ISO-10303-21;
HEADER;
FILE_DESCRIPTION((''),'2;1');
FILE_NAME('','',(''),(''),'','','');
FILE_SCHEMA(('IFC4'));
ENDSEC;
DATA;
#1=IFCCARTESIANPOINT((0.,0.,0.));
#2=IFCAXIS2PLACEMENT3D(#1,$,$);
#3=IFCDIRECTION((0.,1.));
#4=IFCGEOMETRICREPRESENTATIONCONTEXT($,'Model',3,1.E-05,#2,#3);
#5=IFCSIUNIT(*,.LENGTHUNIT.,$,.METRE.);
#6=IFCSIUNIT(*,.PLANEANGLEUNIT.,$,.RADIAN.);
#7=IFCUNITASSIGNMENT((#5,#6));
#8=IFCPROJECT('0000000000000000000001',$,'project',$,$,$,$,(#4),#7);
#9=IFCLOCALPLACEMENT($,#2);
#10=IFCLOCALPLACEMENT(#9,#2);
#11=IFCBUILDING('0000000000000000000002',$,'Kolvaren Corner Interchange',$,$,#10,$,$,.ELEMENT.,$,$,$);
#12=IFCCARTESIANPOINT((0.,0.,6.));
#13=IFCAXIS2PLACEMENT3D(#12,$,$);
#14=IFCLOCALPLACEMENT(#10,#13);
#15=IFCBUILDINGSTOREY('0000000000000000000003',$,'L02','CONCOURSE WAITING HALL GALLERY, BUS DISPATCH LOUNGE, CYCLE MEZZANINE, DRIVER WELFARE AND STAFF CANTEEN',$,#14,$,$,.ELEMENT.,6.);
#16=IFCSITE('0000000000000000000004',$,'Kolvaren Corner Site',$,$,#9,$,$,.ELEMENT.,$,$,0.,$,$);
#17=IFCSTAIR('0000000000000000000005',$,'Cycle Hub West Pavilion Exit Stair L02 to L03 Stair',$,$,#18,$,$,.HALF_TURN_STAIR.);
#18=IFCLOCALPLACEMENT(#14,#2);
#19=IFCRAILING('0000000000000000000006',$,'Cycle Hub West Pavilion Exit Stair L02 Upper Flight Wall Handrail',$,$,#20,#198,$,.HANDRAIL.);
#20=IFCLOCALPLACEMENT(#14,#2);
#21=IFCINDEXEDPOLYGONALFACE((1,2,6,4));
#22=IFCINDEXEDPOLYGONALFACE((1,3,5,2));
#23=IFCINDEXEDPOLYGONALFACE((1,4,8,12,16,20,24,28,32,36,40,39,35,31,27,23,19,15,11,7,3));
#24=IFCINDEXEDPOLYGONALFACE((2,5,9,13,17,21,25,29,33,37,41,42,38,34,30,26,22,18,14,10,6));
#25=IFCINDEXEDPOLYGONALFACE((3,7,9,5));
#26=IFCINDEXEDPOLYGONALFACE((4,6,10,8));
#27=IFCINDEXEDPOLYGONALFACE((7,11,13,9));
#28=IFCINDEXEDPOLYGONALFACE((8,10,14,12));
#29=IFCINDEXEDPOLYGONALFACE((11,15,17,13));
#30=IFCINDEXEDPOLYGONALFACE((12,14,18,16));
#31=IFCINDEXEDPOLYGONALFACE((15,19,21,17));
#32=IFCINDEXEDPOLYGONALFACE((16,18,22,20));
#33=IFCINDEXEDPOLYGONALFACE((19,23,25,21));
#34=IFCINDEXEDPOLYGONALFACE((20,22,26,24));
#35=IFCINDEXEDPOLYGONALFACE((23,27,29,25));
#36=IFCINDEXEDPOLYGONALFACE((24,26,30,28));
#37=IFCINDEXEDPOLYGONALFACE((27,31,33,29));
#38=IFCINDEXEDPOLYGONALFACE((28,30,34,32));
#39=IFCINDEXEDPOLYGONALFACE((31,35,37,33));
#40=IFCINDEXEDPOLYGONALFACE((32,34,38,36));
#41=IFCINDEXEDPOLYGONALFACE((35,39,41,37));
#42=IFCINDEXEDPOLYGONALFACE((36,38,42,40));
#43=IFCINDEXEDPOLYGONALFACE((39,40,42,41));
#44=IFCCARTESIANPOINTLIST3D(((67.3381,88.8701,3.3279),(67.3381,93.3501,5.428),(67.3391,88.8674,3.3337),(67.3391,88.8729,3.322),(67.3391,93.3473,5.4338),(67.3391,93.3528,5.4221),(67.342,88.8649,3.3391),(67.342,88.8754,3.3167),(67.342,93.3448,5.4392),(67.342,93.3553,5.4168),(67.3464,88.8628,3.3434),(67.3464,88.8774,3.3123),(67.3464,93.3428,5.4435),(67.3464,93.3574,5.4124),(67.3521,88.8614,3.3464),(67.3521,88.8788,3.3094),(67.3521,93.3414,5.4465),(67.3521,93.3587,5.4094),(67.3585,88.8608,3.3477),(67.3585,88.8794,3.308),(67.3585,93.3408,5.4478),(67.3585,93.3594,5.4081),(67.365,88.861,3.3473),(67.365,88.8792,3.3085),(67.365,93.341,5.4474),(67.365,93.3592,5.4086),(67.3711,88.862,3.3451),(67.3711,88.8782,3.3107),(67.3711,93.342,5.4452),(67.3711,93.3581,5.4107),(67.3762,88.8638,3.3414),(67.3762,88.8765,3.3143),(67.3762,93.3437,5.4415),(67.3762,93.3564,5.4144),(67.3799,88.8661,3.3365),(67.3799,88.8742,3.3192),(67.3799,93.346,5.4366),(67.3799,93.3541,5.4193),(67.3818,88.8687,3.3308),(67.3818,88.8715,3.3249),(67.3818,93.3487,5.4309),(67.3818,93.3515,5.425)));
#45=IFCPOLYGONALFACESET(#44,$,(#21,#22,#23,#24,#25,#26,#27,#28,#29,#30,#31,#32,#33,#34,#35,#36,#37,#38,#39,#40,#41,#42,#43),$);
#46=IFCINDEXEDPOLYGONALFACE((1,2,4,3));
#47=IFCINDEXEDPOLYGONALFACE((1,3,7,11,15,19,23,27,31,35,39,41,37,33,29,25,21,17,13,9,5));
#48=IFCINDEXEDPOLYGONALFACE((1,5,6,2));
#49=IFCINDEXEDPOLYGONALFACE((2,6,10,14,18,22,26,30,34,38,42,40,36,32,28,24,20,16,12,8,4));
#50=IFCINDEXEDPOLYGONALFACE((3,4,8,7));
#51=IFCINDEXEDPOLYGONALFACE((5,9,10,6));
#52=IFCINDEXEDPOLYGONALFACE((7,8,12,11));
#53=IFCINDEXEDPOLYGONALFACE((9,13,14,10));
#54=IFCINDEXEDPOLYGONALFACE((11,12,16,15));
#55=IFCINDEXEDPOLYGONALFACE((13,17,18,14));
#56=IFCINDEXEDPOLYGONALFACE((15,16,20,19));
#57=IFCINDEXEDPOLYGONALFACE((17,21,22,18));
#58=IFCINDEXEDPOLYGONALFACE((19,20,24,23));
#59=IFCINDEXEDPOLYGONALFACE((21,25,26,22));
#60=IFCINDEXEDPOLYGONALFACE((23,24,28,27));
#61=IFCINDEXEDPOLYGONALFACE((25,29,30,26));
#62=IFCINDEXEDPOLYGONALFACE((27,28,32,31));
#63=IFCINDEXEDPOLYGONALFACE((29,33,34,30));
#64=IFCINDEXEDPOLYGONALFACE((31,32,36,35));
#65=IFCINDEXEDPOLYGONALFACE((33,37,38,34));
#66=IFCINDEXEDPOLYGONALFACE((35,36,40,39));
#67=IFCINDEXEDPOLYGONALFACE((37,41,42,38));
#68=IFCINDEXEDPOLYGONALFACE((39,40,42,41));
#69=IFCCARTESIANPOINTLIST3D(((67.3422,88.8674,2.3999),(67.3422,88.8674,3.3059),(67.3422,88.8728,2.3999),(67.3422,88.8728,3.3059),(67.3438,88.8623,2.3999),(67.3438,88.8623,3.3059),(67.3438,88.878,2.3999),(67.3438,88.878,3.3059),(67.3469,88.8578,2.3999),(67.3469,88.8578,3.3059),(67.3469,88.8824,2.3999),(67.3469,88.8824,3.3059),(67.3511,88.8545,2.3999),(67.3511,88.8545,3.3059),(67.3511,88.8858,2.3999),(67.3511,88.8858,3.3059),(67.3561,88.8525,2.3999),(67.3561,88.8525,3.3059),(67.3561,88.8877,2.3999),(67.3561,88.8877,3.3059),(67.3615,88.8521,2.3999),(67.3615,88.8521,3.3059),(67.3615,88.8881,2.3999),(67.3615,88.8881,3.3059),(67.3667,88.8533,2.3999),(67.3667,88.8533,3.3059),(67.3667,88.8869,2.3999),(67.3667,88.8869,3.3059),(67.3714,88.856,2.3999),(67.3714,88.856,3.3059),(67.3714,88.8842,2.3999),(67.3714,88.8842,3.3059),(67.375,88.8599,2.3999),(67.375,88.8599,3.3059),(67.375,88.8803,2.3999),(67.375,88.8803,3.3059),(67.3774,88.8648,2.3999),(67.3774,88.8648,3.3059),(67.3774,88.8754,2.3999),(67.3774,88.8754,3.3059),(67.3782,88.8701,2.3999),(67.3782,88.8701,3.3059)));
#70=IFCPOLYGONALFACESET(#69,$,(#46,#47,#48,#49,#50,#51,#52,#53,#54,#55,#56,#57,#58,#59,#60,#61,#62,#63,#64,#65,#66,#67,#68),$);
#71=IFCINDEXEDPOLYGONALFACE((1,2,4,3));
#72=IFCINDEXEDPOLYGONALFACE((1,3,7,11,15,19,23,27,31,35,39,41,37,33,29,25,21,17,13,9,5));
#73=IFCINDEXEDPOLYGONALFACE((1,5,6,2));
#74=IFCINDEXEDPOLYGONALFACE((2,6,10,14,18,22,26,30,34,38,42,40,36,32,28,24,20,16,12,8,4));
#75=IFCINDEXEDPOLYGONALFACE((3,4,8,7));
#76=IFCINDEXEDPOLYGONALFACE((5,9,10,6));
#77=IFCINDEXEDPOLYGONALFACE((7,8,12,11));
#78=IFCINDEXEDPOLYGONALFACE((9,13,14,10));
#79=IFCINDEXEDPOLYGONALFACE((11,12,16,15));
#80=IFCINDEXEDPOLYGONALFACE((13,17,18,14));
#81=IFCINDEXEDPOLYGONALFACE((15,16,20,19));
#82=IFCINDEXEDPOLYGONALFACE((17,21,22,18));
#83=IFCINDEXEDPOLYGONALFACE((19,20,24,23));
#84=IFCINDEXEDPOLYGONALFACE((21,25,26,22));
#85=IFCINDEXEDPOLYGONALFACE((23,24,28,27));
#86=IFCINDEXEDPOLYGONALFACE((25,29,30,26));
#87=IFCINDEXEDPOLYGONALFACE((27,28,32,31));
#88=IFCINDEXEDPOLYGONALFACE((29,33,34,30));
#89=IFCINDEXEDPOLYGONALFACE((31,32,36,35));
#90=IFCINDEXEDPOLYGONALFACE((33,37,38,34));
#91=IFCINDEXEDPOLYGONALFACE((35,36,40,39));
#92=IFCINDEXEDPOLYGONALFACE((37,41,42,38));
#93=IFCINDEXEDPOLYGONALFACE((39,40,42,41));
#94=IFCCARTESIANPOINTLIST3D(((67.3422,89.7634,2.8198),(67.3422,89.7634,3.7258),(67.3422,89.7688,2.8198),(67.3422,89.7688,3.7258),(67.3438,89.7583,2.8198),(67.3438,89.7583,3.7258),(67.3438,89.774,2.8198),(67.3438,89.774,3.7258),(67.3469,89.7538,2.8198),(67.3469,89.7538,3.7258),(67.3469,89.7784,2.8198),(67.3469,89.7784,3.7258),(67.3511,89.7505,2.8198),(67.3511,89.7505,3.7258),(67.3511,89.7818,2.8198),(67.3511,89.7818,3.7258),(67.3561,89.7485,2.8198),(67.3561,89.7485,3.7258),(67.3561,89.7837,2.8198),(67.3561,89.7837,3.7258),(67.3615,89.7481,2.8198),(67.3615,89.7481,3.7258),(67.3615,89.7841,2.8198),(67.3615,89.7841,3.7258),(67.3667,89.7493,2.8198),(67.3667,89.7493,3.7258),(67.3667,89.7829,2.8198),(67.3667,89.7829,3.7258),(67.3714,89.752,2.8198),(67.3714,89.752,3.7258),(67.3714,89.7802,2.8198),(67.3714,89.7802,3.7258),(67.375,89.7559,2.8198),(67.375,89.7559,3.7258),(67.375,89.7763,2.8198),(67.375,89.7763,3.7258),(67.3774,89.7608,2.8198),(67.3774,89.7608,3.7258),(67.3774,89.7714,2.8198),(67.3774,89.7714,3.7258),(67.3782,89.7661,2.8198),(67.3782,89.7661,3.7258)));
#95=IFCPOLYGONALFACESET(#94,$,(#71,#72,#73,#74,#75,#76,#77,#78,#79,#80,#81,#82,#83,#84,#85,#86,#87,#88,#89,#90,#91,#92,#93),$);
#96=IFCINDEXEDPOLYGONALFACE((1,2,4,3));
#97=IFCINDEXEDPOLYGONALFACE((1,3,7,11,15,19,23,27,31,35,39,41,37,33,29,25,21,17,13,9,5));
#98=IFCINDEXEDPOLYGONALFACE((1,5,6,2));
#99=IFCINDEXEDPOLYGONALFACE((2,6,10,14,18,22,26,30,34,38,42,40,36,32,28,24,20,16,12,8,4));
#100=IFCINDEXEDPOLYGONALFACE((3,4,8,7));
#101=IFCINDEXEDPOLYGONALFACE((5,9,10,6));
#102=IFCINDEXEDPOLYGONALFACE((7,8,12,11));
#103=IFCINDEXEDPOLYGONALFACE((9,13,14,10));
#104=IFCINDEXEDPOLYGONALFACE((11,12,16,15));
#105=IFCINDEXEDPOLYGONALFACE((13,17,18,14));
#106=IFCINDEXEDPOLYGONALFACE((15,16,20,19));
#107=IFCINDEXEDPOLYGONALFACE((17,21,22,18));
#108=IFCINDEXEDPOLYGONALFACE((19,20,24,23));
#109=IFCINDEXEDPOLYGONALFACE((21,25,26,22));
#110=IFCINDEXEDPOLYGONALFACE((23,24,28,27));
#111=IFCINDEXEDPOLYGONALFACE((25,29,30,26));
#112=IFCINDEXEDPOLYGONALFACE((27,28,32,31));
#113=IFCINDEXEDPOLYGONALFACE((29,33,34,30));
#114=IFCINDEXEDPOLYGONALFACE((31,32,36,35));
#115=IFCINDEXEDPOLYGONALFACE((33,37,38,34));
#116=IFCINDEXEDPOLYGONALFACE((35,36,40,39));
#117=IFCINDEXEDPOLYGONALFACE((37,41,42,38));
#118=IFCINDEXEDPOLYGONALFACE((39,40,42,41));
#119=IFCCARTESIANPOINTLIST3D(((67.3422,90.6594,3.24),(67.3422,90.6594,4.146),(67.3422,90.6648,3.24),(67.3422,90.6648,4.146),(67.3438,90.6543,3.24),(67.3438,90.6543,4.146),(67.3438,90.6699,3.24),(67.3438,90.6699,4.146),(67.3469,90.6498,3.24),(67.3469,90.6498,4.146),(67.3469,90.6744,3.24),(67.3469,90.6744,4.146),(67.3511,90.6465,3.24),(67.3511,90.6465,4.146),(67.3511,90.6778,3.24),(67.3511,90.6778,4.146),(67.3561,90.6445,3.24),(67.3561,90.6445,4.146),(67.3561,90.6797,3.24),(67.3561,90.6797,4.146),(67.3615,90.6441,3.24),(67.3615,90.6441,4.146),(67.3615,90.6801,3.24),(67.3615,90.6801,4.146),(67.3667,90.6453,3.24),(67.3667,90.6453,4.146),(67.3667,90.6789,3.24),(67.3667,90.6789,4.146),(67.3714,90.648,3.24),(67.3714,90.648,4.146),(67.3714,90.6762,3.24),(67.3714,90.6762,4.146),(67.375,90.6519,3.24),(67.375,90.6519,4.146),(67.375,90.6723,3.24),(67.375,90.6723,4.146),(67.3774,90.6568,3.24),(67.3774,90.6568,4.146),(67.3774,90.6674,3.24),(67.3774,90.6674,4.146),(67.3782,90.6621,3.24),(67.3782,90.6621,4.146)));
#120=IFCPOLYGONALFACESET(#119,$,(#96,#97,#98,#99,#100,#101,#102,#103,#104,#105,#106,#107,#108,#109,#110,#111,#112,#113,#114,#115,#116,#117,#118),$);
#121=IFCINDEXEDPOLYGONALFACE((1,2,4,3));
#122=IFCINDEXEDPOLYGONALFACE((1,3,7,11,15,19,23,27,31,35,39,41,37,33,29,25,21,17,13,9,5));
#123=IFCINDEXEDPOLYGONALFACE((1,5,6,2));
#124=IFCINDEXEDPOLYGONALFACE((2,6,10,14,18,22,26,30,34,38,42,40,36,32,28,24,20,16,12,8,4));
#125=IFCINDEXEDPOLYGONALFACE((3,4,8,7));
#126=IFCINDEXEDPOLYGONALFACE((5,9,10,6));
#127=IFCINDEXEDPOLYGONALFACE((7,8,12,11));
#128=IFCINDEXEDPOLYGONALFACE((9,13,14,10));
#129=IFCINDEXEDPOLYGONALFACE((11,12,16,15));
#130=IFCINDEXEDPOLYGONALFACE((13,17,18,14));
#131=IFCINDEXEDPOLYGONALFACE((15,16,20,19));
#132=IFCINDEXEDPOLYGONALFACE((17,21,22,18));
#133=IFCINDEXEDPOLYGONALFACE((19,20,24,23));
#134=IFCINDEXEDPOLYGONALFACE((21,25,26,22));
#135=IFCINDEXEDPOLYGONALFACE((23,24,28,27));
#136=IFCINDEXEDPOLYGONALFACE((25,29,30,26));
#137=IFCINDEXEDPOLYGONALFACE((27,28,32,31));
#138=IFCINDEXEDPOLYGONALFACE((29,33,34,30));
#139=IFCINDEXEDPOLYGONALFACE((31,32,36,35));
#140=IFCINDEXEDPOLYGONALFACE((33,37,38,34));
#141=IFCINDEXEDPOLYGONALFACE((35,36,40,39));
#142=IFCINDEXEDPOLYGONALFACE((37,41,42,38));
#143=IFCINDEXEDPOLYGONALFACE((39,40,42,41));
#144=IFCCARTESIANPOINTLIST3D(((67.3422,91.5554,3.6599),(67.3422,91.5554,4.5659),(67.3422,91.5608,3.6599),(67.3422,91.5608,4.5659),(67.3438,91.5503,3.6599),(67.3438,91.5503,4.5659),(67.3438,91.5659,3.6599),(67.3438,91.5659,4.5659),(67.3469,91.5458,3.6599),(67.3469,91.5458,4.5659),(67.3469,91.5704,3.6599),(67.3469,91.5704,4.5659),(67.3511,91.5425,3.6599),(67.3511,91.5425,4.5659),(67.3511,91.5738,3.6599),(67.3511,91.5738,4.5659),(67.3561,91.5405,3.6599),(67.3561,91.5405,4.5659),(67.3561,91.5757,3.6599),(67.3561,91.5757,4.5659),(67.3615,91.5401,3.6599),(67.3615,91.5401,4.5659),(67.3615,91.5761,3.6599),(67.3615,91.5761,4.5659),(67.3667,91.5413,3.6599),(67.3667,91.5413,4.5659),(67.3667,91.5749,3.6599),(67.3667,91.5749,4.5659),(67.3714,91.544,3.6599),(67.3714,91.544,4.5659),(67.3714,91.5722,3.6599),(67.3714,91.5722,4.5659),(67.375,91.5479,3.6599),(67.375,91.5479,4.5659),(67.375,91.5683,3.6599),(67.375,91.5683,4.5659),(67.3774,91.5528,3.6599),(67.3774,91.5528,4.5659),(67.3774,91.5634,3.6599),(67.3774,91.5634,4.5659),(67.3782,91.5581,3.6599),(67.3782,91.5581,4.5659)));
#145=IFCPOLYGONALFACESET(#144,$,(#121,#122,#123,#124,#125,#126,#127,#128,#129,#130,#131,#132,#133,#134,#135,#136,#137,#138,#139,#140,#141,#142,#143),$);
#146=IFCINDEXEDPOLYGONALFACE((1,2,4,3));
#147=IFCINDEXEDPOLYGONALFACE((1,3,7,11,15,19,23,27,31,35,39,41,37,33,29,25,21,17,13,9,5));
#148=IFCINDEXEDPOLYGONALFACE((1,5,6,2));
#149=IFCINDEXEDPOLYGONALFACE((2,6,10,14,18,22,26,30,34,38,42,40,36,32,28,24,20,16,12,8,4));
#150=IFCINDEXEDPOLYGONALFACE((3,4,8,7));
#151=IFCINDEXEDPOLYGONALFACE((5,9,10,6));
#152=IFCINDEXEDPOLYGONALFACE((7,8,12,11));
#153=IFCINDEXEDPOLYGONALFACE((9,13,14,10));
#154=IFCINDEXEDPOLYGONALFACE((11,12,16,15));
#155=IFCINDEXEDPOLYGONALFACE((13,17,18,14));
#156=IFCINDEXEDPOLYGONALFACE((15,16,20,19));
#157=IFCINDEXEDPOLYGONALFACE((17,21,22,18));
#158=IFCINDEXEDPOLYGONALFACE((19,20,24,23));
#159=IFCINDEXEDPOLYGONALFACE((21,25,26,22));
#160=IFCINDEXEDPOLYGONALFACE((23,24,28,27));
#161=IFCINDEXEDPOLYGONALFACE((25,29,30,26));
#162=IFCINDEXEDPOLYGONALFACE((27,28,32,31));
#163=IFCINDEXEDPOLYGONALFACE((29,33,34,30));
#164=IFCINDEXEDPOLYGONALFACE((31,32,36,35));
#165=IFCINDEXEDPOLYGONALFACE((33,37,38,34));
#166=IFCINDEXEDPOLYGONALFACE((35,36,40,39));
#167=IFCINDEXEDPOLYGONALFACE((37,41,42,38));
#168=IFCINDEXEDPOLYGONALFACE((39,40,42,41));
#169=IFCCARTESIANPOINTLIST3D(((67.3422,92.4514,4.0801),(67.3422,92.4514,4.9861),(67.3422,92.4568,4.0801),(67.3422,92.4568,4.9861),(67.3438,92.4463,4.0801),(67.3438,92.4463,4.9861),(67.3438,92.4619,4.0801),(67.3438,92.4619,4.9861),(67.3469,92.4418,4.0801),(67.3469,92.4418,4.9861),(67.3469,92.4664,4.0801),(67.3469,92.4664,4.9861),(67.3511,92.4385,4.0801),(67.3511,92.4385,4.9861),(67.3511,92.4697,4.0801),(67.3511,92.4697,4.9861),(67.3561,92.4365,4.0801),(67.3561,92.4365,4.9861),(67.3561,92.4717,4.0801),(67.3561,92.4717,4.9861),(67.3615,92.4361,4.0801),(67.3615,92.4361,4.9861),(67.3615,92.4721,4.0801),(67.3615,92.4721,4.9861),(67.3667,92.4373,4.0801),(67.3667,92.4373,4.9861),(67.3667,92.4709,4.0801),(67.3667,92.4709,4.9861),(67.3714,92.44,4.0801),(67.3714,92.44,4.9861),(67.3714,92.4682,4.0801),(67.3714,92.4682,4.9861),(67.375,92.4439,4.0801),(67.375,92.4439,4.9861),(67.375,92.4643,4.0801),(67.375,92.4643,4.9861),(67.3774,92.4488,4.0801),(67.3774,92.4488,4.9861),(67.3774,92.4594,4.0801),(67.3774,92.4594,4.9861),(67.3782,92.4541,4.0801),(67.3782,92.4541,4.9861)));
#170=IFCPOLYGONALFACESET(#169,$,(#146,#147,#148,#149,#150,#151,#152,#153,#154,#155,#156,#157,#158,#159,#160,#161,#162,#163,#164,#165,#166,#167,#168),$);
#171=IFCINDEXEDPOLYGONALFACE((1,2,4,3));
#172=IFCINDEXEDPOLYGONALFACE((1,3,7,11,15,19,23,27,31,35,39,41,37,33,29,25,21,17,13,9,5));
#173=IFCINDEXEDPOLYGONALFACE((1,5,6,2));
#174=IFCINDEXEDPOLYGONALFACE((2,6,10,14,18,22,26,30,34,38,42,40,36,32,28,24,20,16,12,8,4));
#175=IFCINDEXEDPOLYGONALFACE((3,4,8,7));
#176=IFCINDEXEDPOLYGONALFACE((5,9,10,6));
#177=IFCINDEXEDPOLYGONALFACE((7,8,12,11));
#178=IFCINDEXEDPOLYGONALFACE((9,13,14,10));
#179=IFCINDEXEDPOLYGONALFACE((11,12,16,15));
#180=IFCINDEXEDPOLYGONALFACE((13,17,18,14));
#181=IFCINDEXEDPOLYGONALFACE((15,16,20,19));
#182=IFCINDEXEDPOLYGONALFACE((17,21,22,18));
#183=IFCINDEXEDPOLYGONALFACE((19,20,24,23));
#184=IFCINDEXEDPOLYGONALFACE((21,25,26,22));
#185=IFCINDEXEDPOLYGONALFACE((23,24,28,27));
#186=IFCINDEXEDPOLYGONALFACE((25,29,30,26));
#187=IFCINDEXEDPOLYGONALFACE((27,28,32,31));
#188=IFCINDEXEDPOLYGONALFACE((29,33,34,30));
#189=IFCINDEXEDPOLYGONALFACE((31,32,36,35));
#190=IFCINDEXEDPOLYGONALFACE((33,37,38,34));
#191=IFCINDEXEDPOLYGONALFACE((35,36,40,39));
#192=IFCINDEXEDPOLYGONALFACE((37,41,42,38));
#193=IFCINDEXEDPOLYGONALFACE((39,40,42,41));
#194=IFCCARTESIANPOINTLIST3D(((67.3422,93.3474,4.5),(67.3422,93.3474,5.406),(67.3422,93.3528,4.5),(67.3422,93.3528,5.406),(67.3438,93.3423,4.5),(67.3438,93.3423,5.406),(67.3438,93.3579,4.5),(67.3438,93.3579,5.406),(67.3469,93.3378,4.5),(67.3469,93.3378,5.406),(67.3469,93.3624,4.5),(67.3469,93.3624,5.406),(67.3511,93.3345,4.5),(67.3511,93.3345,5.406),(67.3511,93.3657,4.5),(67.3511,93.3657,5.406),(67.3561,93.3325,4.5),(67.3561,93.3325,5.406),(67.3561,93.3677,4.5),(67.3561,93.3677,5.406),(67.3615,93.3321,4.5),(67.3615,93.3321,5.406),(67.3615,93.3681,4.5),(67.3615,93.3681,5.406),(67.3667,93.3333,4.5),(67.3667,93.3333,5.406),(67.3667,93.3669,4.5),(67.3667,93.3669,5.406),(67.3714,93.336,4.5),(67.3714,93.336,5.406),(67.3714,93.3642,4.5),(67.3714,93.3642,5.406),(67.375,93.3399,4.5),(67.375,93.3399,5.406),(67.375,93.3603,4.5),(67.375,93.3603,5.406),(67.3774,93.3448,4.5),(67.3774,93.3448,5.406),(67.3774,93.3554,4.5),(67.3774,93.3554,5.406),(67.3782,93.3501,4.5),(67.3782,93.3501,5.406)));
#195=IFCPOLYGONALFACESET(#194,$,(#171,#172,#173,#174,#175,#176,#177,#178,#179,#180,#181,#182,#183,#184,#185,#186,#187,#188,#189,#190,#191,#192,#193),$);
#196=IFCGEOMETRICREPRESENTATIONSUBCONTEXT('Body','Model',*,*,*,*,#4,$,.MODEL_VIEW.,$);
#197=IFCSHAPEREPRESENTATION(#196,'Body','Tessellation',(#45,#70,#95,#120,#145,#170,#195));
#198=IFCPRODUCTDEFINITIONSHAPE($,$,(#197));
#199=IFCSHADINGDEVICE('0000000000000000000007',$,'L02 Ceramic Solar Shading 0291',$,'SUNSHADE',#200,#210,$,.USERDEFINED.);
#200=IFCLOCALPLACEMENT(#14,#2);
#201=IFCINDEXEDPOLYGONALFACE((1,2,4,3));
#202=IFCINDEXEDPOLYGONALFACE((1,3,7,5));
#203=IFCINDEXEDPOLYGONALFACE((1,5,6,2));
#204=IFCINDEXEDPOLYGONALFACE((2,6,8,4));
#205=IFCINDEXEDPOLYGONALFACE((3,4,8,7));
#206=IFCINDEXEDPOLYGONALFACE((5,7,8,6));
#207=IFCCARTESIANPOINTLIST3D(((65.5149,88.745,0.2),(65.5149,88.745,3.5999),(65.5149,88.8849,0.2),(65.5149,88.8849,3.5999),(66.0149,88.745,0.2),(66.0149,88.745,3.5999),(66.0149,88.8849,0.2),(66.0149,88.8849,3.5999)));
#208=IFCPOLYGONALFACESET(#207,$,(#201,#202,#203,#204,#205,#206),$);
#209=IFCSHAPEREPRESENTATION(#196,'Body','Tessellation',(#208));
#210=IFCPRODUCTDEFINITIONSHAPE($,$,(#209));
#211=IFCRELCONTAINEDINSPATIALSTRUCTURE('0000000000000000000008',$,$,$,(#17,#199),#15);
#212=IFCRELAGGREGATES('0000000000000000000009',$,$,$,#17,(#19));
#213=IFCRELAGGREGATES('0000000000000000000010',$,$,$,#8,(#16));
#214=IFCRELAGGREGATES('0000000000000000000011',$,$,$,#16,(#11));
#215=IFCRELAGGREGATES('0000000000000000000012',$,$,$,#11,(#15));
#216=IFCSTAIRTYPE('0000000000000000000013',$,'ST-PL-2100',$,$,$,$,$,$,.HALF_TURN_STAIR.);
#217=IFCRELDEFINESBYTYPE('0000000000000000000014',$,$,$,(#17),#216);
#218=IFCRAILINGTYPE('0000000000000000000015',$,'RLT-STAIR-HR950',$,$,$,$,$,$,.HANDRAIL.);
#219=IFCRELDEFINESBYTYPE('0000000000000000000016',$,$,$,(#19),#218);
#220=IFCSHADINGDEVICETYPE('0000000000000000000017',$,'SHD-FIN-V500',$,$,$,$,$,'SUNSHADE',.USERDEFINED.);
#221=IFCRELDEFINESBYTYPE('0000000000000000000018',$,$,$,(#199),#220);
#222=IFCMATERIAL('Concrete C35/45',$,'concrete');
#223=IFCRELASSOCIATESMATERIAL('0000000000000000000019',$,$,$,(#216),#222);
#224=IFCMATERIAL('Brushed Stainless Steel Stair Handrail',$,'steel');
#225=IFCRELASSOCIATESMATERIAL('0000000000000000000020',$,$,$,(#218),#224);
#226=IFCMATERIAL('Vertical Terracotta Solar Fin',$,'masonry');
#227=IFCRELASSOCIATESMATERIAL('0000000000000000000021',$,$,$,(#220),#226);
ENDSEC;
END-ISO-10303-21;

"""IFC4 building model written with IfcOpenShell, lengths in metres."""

from ifc_helpers import new_model, si_unit, direction, frame, origin, origin_2d, place, context, subcontext, project, spatial, rectangle, circle, extrude, material, type_object, element, aggregate, save


model = new_model("IFC4")

# Units and contexts
model_context = context("Model", 3, precision=1e-05, world=origin(), true_north=direction((0.0, 1.0)))
body_context = subcontext(model_context, "Body", "Model", "MODEL_VIEW")
ifc_project = project(units=[si_unit("LENGTHUNIT", "METRE"), si_unit("PLANEANGLEUNIT", "RADIAN")], contexts=[model_context])

# Site, building, storey
site_placement = place(None, origin())
site = spatial("IfcSite", under=ifc_project, at=site_placement, Name="Kolvaren Corner Site", CompositionType="ELEMENT", RefElevation=0.0)
building_placement = place(site_placement, origin())
building = spatial("IfcBuilding", under=site, at=building_placement, Name="Kolvaren Corner Interchange", CompositionType="ELEMENT")
storey_placement = place(building_placement, frame((0.0, 0.0, 6.0)))
storey = spatial("IfcBuildingStorey", under=building, at=storey_placement, Name="L02", Description="CONCOURSE WAITING HALL GALLERY, BUS DISPATCH LOUNGE, CYCLE MEZZANINE, DRIVER WELFARE AND STAFF CANTEEN", CompositionType="ELEMENT", Elevation=6.0)

# Stair, railing
ifc_material_1 = material(Name="Concrete C35/45", Category="concrete")
stair_type = type_object("IfcStairType", Name="ST-PL-2100", PredefinedType="HALF_TURN_STAIR", material=ifc_material_1)
stair_placement = place(storey_placement, origin())
stair = element("IfcStair", 1, at=stair_placement, inside=storey, type_object=stair_type, Name="Cycle Hub West Pavilion Exit Stair L02 to L03 Stair", PredefinedType="HALF_TURN_STAIR")
ifc_material_2 = material(Name="Brushed Stainless Steel Stair Handrail", Category="steel")
railing_type_1 = type_object("IfcRailingType", Name="RLT-STAIR-HR950", PredefinedType="HANDRAIL", material=ifc_material_2)
railing_1_placement = place(storey_placement, frame((67.3601, 88.8701, 2.3999)))
railing_1 = element("IfcRailing", 2, at=railing_1_placement, type_object=railing_type_1, Name="Cycle Hub West Pavilion Exit Stair L02 Upper Flight Wall Handrail", PredefinedType="HANDRAIL", context=body_context, shape_type="SweptSolid", body=[
    extrude(circle(Radius=0.022, at=origin_2d()), frame((0.0, 0.0, 0.928), z_axis=(0.0, 0.905451, 0.424452), x_axis=(-1.0, 0.0, 0.0)), (0.0, 0.0, 1.0), 4.9478),
    extrude(circle(Radius=0.0181, at=origin_2d()), origin(), (0.0, 0.0, 1.0), 0.906),
    extrude(circle(Radius=0.0181, at=origin_2d()), frame((0.0, 0.896, 0.4199)), (0.0, 0.0, 1.0), 0.906),
    extrude(circle(Radius=0.0181, at=origin_2d()), frame((0.0, 1.792, 0.8401)), (0.0, 0.0, 1.0), 0.906),
    extrude(circle(Radius=0.0181, at=origin_2d()), frame((0.0, 2.688, 1.26)), (0.0, 0.0, 1.0), 0.906),
    extrude(circle(Radius=0.0181, at=origin_2d()), frame((0.0, 3.584, 1.6802)), (0.0, 0.0, 1.0), 0.906),
    extrude(circle(Radius=0.0181, at=origin_2d()), frame((0.0, 4.48, 2.1001)), (0.0, 0.0, 1.0), 0.906),
])
aggregate(stair, [railing_1])

# Shading device
ifc_material_3 = material(Name="Vertical Terracotta Solar Fin", Category="masonry")
shading_device_type = type_object("IfcShadingDeviceType", Name="SHD-FIN-V500", ElementType="SUNSHADE", PredefinedType="USERDEFINED", material=ifc_material_3)
shading_device_placement = place(storey_placement, frame((65.7649, 88.8149, 0.2), z_axis=(0.0, 0.0, 1.0), x_axis=(0.0, -1.0, 0.0)))
element("IfcShadingDevice", 3, at=shading_device_placement, inside=storey, type_object=shading_device_type, Name="L02 Ceramic Solar Shading 0291", ObjectType="SUNSHADE", PredefinedType="USERDEFINED", context=body_context, shape_type="SweptSolid", body=[
    extrude(rectangle(XDim=0.1399, YDim=0.5, at=origin_2d()), origin(), (0.0, 0.0, 1.0), 3.3999),
])

save(model, "model.ifc")
